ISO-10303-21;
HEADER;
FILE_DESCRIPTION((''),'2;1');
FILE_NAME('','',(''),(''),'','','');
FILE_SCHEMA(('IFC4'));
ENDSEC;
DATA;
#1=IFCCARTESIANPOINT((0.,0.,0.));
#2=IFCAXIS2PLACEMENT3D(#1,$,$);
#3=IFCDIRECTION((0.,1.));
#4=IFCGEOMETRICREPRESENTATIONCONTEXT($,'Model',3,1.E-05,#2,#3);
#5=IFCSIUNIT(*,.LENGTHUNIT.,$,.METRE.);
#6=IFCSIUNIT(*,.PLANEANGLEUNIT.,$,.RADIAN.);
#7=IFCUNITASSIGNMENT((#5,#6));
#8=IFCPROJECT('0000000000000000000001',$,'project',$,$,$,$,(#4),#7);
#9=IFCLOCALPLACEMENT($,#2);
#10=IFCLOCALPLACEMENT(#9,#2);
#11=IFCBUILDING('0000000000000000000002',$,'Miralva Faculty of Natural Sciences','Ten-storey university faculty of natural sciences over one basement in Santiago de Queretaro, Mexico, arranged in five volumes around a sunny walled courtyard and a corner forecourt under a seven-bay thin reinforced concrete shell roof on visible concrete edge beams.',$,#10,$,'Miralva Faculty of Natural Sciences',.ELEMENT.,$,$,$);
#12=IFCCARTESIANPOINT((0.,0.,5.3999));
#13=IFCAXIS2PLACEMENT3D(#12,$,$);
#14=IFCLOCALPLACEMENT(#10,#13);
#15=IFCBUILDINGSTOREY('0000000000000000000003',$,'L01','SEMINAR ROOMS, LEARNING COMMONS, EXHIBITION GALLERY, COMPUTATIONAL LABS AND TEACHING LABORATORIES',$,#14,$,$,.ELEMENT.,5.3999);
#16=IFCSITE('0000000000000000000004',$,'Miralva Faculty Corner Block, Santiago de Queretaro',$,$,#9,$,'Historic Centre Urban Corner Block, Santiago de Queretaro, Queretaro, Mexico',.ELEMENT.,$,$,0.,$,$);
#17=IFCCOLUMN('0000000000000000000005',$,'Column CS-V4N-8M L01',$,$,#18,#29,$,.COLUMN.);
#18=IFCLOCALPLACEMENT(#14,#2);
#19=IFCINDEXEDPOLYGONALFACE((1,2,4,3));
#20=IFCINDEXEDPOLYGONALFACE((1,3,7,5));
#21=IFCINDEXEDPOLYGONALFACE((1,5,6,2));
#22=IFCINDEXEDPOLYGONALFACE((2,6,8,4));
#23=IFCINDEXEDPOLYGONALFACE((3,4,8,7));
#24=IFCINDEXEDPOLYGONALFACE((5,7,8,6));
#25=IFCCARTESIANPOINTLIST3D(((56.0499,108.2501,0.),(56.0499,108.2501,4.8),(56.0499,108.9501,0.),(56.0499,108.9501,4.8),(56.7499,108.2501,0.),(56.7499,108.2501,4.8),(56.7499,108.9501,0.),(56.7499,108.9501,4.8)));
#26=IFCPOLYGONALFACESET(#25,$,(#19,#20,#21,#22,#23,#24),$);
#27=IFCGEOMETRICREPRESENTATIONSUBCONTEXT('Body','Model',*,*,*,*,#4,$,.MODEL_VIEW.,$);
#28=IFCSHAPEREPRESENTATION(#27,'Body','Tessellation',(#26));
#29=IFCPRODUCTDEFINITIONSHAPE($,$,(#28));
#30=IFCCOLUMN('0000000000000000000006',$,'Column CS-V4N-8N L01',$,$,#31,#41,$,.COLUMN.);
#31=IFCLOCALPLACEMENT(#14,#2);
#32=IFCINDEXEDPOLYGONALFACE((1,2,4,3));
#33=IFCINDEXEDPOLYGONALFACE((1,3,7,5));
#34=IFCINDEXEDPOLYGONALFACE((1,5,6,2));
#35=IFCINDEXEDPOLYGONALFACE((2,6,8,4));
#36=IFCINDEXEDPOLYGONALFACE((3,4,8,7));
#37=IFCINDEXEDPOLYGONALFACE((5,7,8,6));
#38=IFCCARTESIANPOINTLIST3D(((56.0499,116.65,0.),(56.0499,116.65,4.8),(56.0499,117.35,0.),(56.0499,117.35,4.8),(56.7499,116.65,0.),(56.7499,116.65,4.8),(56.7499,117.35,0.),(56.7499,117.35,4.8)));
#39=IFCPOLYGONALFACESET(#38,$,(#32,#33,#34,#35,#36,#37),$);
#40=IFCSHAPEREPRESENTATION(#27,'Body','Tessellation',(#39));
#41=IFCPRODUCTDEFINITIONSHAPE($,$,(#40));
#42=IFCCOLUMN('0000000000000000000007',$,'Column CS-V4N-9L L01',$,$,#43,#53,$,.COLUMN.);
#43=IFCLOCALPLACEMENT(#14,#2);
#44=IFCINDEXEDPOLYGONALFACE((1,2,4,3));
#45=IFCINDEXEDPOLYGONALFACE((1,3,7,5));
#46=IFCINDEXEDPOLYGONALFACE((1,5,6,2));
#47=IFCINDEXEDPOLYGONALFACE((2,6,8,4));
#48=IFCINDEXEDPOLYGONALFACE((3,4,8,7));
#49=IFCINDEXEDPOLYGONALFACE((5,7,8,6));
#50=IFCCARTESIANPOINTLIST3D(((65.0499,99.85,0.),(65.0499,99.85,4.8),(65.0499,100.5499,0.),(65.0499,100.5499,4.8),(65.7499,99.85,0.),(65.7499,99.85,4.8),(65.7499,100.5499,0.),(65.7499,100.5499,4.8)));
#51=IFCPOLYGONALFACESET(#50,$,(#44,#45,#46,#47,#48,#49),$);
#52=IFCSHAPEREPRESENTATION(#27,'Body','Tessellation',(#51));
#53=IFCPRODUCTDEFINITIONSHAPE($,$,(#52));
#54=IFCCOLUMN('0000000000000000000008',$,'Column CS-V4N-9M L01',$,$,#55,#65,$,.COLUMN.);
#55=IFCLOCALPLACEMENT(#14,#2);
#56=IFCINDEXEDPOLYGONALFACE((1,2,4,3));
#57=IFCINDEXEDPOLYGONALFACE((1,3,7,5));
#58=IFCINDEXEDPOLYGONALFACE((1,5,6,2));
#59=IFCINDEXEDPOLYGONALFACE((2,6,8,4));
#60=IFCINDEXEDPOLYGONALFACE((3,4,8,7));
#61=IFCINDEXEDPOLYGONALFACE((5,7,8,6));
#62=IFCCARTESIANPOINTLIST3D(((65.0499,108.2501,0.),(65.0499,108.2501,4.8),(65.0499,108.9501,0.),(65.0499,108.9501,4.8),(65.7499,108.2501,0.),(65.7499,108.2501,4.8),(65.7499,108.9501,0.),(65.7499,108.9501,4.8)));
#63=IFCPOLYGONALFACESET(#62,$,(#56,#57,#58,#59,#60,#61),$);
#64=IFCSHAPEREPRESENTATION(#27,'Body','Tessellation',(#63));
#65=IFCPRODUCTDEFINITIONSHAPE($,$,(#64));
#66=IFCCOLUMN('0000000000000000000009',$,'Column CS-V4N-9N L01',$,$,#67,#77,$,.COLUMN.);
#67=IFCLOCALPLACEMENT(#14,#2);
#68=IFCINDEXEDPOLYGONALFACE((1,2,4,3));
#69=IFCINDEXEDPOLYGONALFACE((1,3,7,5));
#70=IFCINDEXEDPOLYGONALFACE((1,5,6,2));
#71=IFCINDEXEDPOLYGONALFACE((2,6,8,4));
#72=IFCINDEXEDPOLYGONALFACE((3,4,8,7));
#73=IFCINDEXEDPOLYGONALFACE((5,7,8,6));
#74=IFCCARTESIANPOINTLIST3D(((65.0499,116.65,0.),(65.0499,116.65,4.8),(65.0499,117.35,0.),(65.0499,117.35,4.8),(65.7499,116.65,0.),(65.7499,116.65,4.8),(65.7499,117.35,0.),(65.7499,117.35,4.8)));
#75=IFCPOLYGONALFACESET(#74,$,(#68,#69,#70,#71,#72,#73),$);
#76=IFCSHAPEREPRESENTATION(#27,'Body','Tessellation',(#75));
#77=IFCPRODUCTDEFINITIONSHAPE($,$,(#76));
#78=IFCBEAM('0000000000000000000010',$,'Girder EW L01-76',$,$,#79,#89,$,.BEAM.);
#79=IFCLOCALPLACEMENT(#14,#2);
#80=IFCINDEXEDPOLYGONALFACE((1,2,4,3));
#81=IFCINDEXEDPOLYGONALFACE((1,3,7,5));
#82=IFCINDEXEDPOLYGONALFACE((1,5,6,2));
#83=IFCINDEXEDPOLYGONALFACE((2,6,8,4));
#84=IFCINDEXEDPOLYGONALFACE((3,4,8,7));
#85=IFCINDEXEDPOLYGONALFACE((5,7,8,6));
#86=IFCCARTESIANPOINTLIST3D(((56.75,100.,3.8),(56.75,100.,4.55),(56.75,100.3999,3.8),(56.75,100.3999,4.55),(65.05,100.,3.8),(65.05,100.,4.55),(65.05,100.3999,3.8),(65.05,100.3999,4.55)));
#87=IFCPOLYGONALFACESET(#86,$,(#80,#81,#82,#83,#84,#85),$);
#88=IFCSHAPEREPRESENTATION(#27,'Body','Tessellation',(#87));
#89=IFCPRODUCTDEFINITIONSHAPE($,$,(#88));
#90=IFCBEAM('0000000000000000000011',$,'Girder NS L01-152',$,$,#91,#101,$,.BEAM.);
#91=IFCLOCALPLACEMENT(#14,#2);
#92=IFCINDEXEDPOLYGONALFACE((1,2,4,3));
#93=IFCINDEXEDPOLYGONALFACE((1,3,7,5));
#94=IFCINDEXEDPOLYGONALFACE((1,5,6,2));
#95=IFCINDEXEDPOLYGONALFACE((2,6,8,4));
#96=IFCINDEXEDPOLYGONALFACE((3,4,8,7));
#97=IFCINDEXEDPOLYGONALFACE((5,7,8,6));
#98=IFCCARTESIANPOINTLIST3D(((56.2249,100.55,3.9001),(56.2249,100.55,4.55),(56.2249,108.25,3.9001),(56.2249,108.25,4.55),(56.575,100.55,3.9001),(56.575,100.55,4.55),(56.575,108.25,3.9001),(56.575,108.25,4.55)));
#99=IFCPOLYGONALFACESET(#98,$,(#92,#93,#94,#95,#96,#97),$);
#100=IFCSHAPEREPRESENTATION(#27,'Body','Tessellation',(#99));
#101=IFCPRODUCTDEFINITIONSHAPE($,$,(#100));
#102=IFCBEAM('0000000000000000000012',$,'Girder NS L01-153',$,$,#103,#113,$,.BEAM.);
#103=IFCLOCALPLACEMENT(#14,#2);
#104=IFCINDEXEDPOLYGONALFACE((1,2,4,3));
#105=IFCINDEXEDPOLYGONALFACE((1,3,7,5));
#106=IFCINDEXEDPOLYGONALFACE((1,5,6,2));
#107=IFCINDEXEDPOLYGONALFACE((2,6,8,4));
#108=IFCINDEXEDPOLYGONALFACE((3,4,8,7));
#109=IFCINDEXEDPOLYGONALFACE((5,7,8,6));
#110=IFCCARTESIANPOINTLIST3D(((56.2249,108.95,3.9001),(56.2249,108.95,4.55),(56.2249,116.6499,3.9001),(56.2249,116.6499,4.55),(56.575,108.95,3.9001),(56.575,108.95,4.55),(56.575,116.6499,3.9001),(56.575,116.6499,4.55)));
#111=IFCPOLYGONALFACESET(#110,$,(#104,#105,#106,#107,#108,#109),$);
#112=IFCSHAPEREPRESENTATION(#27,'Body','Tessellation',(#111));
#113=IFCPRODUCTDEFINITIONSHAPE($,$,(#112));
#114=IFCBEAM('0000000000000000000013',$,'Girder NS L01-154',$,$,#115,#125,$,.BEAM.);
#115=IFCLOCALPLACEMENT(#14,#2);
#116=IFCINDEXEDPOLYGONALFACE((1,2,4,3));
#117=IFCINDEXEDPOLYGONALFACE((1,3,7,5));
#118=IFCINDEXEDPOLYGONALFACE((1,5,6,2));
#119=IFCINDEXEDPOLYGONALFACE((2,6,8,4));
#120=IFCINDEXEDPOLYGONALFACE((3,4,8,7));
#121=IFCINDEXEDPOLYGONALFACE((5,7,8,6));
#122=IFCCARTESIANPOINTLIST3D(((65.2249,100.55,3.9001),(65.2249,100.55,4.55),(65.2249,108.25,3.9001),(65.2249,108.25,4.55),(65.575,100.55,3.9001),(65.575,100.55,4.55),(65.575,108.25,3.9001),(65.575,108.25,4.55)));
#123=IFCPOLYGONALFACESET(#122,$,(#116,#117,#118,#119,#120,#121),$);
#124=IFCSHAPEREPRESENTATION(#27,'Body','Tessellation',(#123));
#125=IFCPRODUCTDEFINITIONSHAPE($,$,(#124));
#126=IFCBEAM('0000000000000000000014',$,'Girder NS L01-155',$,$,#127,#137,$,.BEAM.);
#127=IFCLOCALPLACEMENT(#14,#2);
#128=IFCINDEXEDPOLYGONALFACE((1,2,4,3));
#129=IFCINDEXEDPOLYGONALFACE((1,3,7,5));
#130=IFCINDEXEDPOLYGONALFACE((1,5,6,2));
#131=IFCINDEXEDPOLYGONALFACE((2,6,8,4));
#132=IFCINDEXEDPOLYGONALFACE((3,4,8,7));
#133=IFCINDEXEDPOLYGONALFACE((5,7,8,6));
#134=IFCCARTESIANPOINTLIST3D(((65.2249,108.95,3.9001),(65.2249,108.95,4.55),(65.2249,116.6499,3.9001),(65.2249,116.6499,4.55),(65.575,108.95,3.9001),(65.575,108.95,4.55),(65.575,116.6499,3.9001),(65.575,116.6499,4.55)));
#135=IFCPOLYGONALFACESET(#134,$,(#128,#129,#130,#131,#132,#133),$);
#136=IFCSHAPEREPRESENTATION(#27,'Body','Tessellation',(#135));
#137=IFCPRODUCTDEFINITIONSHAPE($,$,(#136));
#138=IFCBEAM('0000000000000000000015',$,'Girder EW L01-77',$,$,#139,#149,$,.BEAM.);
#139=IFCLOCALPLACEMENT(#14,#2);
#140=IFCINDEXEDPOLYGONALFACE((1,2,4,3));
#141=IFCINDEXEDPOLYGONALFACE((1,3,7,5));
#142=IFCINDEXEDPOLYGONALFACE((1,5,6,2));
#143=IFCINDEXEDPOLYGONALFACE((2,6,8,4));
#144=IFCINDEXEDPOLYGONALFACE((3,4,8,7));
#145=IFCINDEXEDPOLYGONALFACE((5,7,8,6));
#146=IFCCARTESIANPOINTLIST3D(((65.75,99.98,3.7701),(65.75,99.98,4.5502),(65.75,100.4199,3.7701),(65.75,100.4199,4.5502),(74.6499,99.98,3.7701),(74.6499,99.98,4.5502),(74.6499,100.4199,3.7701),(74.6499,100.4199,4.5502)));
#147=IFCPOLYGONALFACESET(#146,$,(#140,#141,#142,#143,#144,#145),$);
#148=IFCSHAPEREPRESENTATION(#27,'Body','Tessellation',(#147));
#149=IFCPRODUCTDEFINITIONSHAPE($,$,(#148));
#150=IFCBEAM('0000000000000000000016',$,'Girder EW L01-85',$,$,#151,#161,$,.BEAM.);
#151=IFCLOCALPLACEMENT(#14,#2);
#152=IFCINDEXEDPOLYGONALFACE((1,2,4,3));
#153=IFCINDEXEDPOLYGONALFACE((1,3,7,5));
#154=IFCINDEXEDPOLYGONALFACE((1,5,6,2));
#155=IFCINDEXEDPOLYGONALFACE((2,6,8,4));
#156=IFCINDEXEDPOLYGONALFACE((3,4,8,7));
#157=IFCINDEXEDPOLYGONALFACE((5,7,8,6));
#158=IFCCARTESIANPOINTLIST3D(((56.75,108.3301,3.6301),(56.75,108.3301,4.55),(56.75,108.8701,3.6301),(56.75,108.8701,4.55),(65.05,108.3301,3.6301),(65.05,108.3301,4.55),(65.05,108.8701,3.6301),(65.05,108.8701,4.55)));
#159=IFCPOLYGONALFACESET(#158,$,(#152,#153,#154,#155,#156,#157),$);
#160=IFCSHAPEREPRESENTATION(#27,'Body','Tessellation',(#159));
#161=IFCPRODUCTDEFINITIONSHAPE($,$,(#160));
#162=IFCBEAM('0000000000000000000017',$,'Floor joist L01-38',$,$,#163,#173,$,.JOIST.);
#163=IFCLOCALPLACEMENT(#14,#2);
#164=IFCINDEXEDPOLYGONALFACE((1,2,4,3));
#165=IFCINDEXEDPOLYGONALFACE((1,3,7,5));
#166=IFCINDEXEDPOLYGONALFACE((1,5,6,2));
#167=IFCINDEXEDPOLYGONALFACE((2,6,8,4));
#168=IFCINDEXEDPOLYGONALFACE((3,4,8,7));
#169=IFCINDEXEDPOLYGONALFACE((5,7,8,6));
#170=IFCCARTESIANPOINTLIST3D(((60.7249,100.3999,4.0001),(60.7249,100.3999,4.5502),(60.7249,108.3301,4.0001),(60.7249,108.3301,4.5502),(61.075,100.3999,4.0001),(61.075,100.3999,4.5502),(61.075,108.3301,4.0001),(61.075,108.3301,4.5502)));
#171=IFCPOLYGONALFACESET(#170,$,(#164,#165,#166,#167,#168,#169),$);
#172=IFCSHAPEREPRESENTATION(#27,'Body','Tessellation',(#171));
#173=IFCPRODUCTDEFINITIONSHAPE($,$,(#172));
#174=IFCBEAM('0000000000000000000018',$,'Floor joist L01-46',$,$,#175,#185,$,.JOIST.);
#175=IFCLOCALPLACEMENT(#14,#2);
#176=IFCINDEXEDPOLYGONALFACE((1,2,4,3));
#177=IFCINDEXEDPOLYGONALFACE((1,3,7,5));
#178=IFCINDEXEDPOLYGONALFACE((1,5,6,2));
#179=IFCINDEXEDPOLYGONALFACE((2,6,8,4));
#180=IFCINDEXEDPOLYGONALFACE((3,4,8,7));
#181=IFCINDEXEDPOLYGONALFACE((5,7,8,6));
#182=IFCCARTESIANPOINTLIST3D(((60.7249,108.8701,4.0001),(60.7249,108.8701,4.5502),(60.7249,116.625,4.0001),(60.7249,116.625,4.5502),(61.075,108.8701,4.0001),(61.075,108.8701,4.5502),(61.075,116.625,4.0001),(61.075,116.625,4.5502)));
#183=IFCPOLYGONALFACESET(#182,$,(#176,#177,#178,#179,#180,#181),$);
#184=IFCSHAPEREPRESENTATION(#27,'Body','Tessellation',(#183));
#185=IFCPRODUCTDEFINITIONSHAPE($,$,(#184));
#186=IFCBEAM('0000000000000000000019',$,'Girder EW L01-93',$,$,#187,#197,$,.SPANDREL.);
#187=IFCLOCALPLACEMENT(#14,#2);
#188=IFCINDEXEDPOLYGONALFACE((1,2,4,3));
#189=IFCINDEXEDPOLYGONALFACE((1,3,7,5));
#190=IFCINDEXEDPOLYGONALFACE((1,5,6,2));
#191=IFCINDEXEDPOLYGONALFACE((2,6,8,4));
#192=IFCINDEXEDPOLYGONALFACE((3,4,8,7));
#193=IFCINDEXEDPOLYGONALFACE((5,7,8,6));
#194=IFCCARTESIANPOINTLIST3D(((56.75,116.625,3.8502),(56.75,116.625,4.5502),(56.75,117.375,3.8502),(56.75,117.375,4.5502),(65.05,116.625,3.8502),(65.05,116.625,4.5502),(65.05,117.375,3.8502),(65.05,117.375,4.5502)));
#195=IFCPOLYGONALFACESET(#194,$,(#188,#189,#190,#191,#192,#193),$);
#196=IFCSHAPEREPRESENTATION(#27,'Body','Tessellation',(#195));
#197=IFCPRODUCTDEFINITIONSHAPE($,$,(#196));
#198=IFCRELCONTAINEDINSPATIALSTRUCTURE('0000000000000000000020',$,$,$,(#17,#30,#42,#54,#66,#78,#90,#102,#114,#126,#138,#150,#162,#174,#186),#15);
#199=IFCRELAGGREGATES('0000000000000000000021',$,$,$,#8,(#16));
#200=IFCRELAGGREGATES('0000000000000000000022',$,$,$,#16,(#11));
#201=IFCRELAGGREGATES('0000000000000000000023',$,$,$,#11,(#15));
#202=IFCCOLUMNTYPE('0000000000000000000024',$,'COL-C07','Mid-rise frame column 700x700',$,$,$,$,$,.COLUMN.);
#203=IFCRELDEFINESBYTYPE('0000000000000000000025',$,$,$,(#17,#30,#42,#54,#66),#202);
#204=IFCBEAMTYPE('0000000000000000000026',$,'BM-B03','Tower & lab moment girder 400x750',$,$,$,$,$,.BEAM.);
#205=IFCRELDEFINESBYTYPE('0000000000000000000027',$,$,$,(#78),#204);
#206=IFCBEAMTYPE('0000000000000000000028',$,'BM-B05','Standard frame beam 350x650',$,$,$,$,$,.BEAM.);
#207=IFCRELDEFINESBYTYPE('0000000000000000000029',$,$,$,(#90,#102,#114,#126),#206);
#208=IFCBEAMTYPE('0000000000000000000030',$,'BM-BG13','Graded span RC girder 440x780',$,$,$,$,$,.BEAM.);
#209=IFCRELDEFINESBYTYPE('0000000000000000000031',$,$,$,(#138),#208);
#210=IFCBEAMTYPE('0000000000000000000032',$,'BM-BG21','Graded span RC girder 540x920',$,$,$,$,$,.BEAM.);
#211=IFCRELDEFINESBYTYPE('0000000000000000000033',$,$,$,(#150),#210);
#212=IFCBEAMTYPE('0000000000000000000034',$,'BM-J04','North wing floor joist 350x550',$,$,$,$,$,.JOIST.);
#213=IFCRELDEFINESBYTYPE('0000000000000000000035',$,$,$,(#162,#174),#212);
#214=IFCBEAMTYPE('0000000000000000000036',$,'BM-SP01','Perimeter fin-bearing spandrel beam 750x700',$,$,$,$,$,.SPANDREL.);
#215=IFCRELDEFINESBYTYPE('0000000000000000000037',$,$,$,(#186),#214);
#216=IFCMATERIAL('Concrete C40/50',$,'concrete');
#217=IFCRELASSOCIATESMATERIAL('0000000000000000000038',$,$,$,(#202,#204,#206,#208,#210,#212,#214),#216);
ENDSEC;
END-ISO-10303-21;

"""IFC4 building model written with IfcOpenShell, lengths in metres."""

from ifc_helpers import new_model, si_unit, direction, frame, origin, origin_2d, place, context, subcontext, project, spatial, rectangle, extrude, material, material_profile, profile_set, type_object, element, save


model = new_model("IFC4")

# Units and contexts
model_context = context("Model", 3, precision=1e-05, world=origin(), true_north=direction((0.0, 1.0)))
body_context = subcontext(model_context, "Body", "Model", "MODEL_VIEW")
ifc_project = project(units=[si_unit("LENGTHUNIT", "METRE"), si_unit("PLANEANGLEUNIT", "RADIAN")], contexts=[model_context])

# Site, building, storey
site_placement = place(None, origin())
site = spatial("IfcSite", under=ifc_project, at=site_placement, Name="Miralva Faculty Corner Block, Santiago de Queretaro", LongName="Historic Centre Urban Corner Block, Santiago de Queretaro, Queretaro, Mexico", CompositionType="ELEMENT", RefElevation=0.0)
building_placement = place(site_placement, origin())
building = spatial("IfcBuilding", under=site, at=building_placement, Name="Miralva Faculty of Natural Sciences", Description="Ten-storey university faculty of natural sciences over one basement in Santiago de Queretaro, Mexico, arranged in five volumes around a sunny walled courtyard and a corner forecourt under a seven-bay thin reinforced concrete shell roof on visible concrete edge beams.", LongName="Miralva Faculty of Natural Sciences", CompositionType="ELEMENT")
storey_placement = place(building_placement, frame((0.0, 0.0, 5.3999)))
storey = spatial("IfcBuildingStorey", under=building, at=storey_placement, Name="L01", Description="SEMINAR ROOMS, LEARNING COMMONS, EXHIBITION GALLERY, COMPUTATIONAL LABS AND TEACHING LABORATORIES", CompositionType="ELEMENT", Elevation=5.3999)

# Columns
ifc_material_1 = material(Name="Concrete C40/50", Category="concrete")
ifc_material_profile_1 = material_profile(ifc_material_1, rectangle(XDim=0.7, YDim=0.7, at=origin_2d()), Name="RC 700x700")
ifc_profile_set_1 = profile_set([ifc_material_profile_1], Name="Concrete C40/50")
column_type = type_object("IfcColumnType", Name="COL-C07", Description="Mid-rise frame column 700x700", PredefinedType="COLUMN", material=ifc_profile_set_1)
for number, where, z_axis, x_axis, name in (
    (1, (56.3999, 108.6001, 0.0), (0.0, 0.0, 1.0), (1.0, 0.0, 0.0), "Column CS-V4N-8M L01"),
    (2, (56.3999, 117.0, 0.0), (0.0, 0.0, 1.0), (1.0, 0.0, 0.0), "Column CS-V4N-8N L01"),
    (3, (65.3999, 100.2, 0.0), (0.0, 0.0, 1.0), (1.0, 0.0, 0.0), "Column CS-V4N-9L L01"),
    (4, (65.3999, 108.6001, 0.0), (0.0, 0.0, 1.0), (1.0, 0.0, 0.0), "Column CS-V4N-9M L01"),
    (5, (65.3999, 117.0, 0.0), (0.0, 0.0, 1.0), (1.0, 0.0, 0.0), "Column CS-V4N-9N L01"),
):
    element("IfcColumn", number, at=place(storey_placement, frame(where, z_axis=z_axis, x_axis=x_axis)), inside=storey, type_object=column_type, Name=name, PredefinedType="COLUMN", context=body_context, shape_type="SweptSolid", body=[
        extrude(rectangle(XDim=0.7, YDim=0.7, at=origin_2d()), origin(), (0.0, 0.0, 1.0), 4.8),
    ])

# Beams
ifc_material_profile_2 = material_profile(ifc_material_1, rectangle(XDim=0.3999, YDim=0.75, at=origin_2d()), Name="RC 400x750")
ifc_profile_set_2 = profile_set([ifc_material_profile_2], Name="Concrete C40/50")
beam_type_1 = type_object("IfcBeamType", Name="BM-B03", Description="Tower & lab moment girder 400x750", PredefinedType="BEAM", material=ifc_profile_set_2)
beam_1_placement = place(storey_placement, frame((56.75, 100.2, 4.175), z_axis=(1.0, 0.0, 0.0), x_axis=(0.0, 1.0, 0.0)))
element("IfcBeam", 6, at=beam_1_placement, inside=storey, type_object=beam_type_1, Name="Girder EW L01-76", PredefinedType="BEAM", context=body_context, shape_type="SweptSolid", body=[
    extrude(rectangle(XDim=0.3999, YDim=0.75, at=origin_2d()), origin(), (0.0, 0.0, 1.0), 8.3),
])
ifc_material_profile_3 = material_profile(ifc_material_1, rectangle(XDim=0.3501, YDim=0.6499, at=origin_2d()), Name="RC 350x650")
ifc_profile_set_3 = profile_set([ifc_material_profile_3], Name="Concrete C40/50")
beam_type_2 = type_object("IfcBeamType", Name="BM-B05", Description="Standard frame beam 350x650", PredefinedType="BEAM", material=ifc_profile_set_3)
for number, where, z_axis, x_axis, name in (
    (7, (56.3999, 100.55, 4.2251), (0.0, 1.0, 0.0), (-1.0, 0.0, 0.0), "Girder NS L01-152"),
    (8, (56.3999, 108.95, 4.2251), (0.0, 1.0, 0.0), (-1.0, 0.0, 0.0), "Girder NS L01-153"),
    (9, (65.3999, 100.55, 4.2251), (0.0, 1.0, 0.0), (-1.0, 0.0, 0.0), "Girder NS L01-154"),
    (10, (65.3999, 108.95, 4.2251), (0.0, 1.0, 0.0), (-1.0, 0.0, 0.0), "Girder NS L01-155"),
):
    element("IfcBeam", number, at=place(storey_placement, frame(where, z_axis=z_axis, x_axis=x_axis)), inside=storey, type_object=beam_type_2, Name=name, PredefinedType="BEAM", context=body_context, shape_type="SweptSolid", body=[
        extrude(rectangle(XDim=0.3501, YDim=0.6499, at=origin_2d()), origin(), (0.0, 0.0, 1.0), 7.7),
    ])
ifc_material_profile_4 = material_profile(ifc_material_1, rectangle(XDim=0.4399, YDim=0.78, at=origin_2d()), Name="RC 440x780")
ifc_profile_set_4 = profile_set([ifc_material_profile_4], Name="Concrete C40/50")
beam_type_3 = type_object("IfcBeamType", Name="BM-BG13", Description="Graded span RC girder 440x780", PredefinedType="BEAM", material=ifc_profile_set_4)
beam_2_placement = place(storey_placement, frame((65.75, 100.2, 4.1602), z_axis=(1.0, 0.0, 0.0), x_axis=(0.0, 1.0, 0.0)))
element("IfcBeam", 11, at=beam_2_placement, inside=storey, type_object=beam_type_3, Name="Girder EW L01-77", PredefinedType="BEAM", context=body_context, shape_type="SweptSolid", body=[
    extrude(rectangle(XDim=0.4399, YDim=0.78, at=origin_2d()), origin(), (0.0, 0.0, 1.0), 8.8999),
])
ifc_material_profile_5 = material_profile(ifc_material_1, rectangle(XDim=0.54, YDim=0.9199, at=origin_2d()), Name="RC 540x920")
ifc_profile_set_5 = profile_set([ifc_material_profile_5], Name="Concrete C40/50")
beam_type_4 = type_object("IfcBeamType", Name="BM-BG21", Description="Graded span RC girder 540x920", PredefinedType="BEAM", material=ifc_profile_set_5)
beam_3_placement = place(storey_placement, frame((56.75, 108.6001, 4.0901), z_axis=(1.0, 0.0, 0.0), x_axis=(0.0, 1.0, 0.0)))
element("IfcBeam", 12, at=beam_3_placement, inside=storey, type_object=beam_type_4, Name="Girder EW L01-85", PredefinedType="BEAM", context=body_context, shape_type="SweptSolid", body=[
    extrude(rectangle(XDim=0.54, YDim=0.9199, at=origin_2d()), origin(), (0.0, 0.0, 1.0), 8.3),
])
ifc_material_profile_6 = material_profile(ifc_material_1, rectangle(XDim=0.3501, YDim=0.55, at=origin_2d()), Name="RC 350x550")
ifc_profile_set_6 = profile_set([ifc_material_profile_6], Name="Concrete C40/50")
beam_type_5 = type_object("IfcBeamType", Name="BM-J04", Description="North wing floor joist 350x550", PredefinedType="JOIST", material=ifc_profile_set_6)
beam_4_placement = place(storey_placement, frame((60.8999, 100.3999, 4.2751), z_axis=(0.0, 1.0, 0.0), x_axis=(-1.0, 0.0, 0.0)))
element("IfcBeam", 13, at=beam_4_placement, inside=storey, type_object=beam_type_5, Name="Floor joist L01-38", PredefinedType="JOIST", context=body_context, shape_type="SweptSolid", body=[
    extrude(rectangle(XDim=0.3501, YDim=0.55, at=origin_2d()), origin(), (0.0, 0.0, 1.0), 7.9302),
])
beam_5_placement = place(storey_placement, frame((60.8999, 108.8701, 4.2751), z_axis=(0.0, 1.0, 0.0), x_axis=(-1.0, 0.0, 0.0)))
element("IfcBeam", 14, at=beam_5_placement, inside=storey, type_object=beam_type_5, Name="Floor joist L01-46", PredefinedType="JOIST", context=body_context, shape_type="SweptSolid", body=[
    extrude(rectangle(XDim=0.3501, YDim=0.55, at=origin_2d()), origin(), (0.0, 0.0, 1.0), 7.7549),
])
ifc_material_profile_7 = material_profile(ifc_material_1, rectangle(XDim=0.75, YDim=0.7, at=origin_2d()), Name="RC 750x700")
ifc_profile_set_7 = profile_set([ifc_material_profile_7], Name="Concrete C40/50")
beam_type_6 = type_object("IfcBeamType", Name="BM-SP01", Description="Perimeter fin-bearing spandrel beam 750x700", PredefinedType="SPANDREL", material=ifc_profile_set_7)
beam_6_placement = place(storey_placement, frame((56.75, 117.0, 4.2002), z_axis=(1.0, 0.0, 0.0), x_axis=(0.0, 1.0, 0.0)))
element("IfcBeam", 15, at=beam_6_placement, inside=storey, type_object=beam_type_6, Name="Girder EW L01-93", PredefinedType="SPANDREL", context=body_context, shape_type="SweptSolid", body=[
    extrude(rectangle(XDim=0.75, YDim=0.7, at=origin_2d()), origin(), (0.0, 0.0, 1.0), 8.3),
])

save(model, "model.ifc")
